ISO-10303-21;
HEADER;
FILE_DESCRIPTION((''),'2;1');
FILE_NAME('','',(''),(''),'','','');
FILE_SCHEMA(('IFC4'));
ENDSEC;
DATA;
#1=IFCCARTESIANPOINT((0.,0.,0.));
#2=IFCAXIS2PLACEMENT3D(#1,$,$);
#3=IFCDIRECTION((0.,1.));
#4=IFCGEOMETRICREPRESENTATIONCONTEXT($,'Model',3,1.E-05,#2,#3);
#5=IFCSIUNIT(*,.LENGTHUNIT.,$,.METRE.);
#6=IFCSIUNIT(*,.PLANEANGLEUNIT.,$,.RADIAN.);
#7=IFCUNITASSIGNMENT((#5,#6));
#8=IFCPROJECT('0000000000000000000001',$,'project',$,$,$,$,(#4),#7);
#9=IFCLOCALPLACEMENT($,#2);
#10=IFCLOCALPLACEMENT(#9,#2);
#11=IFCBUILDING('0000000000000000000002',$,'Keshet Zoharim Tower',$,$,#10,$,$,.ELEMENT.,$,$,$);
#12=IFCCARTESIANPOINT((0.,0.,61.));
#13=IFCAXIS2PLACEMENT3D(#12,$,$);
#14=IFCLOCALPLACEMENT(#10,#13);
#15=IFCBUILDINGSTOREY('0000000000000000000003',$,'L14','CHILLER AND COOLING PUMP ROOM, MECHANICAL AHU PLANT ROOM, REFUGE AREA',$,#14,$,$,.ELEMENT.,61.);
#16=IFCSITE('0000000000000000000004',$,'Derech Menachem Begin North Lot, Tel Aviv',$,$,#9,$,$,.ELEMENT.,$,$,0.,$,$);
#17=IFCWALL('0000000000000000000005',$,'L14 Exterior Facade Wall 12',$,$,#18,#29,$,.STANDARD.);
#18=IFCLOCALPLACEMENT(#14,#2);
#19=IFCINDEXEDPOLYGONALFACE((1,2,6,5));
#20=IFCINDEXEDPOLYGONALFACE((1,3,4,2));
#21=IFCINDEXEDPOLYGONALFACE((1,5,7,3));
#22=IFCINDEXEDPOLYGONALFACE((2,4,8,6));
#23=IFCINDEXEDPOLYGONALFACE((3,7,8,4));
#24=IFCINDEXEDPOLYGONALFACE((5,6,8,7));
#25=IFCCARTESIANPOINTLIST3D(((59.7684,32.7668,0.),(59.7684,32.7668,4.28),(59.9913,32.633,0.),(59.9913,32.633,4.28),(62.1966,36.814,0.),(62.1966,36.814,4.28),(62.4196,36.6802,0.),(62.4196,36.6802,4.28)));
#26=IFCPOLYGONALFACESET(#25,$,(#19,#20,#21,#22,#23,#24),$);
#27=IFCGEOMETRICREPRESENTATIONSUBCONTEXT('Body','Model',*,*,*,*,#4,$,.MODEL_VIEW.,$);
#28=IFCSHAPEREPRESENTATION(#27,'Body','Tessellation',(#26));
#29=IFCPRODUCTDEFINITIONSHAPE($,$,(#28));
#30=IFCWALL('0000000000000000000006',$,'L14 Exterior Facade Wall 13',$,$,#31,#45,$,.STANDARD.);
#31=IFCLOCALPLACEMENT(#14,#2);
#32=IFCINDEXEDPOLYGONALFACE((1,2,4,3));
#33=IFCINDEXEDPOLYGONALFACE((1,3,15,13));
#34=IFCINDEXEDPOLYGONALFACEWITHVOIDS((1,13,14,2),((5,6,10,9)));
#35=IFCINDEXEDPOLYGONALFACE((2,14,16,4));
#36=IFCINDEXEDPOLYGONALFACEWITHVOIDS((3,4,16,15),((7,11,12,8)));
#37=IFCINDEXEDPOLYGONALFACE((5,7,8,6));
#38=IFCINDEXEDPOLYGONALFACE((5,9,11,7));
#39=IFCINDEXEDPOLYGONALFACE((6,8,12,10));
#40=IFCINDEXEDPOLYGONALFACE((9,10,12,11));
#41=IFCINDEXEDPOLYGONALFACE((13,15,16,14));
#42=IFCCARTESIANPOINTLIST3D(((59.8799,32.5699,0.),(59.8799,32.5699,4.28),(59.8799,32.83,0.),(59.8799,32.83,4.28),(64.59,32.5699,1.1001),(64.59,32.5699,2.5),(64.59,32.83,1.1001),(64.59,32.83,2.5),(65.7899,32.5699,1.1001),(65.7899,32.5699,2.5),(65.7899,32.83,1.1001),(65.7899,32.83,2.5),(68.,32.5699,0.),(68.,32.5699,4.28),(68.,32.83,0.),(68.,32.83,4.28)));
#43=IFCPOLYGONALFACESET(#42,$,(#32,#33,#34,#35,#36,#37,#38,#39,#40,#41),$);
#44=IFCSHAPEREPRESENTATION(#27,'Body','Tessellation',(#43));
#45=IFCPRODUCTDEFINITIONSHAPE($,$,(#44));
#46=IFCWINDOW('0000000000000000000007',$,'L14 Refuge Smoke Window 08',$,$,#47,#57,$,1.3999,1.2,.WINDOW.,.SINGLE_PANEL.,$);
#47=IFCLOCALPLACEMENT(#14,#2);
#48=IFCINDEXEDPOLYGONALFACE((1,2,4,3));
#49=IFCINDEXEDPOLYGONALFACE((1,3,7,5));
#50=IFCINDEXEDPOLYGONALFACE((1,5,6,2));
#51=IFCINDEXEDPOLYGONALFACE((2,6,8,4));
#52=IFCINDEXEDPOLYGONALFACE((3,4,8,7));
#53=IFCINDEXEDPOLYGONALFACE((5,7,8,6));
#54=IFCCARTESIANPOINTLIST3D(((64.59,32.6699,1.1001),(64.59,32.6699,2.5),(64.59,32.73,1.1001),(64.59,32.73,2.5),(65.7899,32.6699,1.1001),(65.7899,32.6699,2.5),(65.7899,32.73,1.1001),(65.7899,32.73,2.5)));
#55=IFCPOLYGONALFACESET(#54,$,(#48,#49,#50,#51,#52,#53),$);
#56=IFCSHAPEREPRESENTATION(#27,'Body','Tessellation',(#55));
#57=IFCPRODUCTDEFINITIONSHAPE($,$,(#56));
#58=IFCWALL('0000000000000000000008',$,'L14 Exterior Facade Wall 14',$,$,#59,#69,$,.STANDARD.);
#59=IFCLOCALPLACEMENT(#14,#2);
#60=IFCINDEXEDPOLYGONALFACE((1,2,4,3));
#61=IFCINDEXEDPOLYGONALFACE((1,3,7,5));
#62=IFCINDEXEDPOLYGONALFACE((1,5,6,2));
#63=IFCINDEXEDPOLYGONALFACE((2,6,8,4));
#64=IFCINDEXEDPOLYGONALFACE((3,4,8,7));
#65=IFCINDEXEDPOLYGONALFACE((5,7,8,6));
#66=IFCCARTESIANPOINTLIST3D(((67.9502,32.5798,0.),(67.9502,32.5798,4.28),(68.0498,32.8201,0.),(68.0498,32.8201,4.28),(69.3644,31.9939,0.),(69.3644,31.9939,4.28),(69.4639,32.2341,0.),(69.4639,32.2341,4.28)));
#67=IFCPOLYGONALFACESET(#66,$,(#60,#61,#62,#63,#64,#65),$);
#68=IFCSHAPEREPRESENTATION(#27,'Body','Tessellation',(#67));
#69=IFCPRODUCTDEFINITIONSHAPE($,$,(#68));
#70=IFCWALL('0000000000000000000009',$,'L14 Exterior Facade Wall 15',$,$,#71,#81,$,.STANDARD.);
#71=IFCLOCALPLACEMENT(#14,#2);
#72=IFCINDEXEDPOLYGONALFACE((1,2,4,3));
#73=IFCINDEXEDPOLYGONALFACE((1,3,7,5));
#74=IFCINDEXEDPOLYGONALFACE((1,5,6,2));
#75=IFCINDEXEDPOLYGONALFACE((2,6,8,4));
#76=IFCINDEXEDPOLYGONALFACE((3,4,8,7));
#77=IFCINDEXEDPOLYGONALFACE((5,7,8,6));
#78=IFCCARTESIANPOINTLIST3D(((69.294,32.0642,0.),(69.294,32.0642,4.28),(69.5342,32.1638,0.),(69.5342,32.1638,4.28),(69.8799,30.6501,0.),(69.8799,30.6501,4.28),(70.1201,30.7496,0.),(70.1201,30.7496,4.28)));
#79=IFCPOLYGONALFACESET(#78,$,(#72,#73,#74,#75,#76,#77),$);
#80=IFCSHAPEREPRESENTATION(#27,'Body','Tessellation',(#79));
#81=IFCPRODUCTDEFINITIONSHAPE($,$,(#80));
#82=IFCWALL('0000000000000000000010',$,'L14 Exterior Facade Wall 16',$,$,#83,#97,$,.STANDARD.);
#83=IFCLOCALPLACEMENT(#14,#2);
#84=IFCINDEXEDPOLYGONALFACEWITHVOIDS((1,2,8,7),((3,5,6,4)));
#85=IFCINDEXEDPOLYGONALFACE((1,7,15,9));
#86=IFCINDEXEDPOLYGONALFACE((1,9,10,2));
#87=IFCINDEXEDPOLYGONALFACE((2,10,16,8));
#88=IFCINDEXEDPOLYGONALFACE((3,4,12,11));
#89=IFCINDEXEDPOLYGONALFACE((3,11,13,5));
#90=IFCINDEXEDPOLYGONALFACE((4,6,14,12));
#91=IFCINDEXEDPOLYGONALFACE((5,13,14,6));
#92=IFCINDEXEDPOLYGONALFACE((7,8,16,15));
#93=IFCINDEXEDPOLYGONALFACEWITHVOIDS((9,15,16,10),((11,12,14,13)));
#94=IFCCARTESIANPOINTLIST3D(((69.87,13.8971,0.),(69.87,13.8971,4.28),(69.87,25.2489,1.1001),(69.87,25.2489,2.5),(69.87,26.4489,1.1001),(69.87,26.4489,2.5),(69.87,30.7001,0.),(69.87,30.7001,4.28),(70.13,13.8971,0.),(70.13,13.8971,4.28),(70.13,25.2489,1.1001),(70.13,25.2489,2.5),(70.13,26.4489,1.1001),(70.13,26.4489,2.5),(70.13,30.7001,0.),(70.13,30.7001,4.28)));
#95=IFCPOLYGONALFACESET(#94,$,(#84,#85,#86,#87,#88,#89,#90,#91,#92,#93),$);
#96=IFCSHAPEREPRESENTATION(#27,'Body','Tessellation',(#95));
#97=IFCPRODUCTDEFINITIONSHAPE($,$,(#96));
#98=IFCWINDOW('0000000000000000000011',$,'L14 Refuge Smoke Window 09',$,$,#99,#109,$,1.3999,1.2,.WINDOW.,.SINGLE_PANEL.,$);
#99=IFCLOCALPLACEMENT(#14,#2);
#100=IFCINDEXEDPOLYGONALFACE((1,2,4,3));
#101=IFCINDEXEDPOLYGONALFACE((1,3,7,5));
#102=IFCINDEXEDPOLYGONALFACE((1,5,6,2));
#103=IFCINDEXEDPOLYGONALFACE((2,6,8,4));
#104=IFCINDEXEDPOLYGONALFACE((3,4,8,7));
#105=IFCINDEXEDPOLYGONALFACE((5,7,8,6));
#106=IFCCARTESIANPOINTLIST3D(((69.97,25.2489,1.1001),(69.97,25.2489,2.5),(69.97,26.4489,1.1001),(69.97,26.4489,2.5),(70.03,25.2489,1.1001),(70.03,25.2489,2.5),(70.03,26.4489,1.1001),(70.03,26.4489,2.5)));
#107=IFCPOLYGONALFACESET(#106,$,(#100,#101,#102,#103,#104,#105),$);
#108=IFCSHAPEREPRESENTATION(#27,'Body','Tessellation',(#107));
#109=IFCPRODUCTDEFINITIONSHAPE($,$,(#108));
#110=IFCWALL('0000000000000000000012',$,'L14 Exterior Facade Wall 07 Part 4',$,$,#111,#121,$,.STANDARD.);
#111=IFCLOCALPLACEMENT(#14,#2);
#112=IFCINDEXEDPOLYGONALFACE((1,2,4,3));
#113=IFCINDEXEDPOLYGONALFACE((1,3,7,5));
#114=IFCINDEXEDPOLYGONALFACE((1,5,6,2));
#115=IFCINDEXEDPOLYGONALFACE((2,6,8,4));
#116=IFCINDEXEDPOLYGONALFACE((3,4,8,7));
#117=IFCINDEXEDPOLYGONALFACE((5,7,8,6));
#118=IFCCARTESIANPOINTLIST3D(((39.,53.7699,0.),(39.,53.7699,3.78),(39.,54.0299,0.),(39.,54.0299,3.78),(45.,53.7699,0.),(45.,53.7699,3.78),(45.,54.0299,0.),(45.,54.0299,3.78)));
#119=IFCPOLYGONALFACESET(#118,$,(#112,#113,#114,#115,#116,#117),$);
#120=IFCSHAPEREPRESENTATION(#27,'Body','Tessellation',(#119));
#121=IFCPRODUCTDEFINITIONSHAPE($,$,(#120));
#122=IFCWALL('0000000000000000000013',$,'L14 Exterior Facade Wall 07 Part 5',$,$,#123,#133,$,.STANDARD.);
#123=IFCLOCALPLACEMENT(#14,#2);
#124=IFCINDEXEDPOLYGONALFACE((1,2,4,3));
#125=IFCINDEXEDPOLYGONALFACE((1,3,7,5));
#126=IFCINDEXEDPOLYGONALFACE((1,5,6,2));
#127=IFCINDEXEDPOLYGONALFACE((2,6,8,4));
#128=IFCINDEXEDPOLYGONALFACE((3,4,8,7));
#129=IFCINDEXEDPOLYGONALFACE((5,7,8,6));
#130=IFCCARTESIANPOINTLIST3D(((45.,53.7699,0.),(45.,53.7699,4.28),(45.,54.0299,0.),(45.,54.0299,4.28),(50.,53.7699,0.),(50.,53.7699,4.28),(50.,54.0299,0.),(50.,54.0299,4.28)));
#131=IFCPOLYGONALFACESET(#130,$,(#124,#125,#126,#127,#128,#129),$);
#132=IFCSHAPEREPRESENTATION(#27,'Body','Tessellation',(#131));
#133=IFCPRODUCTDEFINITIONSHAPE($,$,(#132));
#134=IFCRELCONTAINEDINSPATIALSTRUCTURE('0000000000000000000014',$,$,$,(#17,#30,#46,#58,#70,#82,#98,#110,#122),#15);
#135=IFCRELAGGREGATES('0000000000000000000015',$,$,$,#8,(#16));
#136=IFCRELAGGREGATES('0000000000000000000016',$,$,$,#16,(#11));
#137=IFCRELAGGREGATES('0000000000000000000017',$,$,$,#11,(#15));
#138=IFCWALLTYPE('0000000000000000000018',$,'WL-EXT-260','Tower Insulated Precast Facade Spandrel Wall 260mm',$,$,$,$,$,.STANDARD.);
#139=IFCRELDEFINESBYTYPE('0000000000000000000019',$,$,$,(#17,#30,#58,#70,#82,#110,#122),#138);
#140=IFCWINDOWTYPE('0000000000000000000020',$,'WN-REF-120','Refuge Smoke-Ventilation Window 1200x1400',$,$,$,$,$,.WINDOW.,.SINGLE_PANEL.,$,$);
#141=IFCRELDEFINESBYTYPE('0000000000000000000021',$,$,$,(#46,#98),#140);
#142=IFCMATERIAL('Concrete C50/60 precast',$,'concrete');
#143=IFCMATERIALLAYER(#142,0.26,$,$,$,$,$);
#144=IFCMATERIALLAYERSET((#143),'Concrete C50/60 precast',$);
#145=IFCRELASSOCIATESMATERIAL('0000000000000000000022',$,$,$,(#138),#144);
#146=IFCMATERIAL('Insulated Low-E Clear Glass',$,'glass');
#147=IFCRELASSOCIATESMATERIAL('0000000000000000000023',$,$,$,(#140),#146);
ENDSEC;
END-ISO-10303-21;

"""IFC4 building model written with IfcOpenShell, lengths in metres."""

from ifc_helpers import new_model, si_unit, direction, frame, frame_2d, origin, place, context, subcontext, project, spatial, rectangle, extrude, material, layer, layer_set, type_object, element, fill, save


model = new_model("IFC4")

# Units and contexts
model_context = context("Model", 3, precision=1e-05, world=origin(), true_north=direction((0.0, 1.0)))
body_context = subcontext(model_context, "Body", "Model", "MODEL_VIEW")
ifc_project = project(units=[si_unit("LENGTHUNIT", "METRE"), si_unit("PLANEANGLEUNIT", "RADIAN")], contexts=[model_context])

# Site, building, storey
site_placement = place(None, origin())
site = spatial("IfcSite", under=ifc_project, at=site_placement, Name="Derech Menachem Begin North Lot, Tel Aviv", CompositionType="ELEMENT", RefElevation=0.0)
building_placement = place(site_placement, origin())
building = spatial("IfcBuilding", under=site, at=building_placement, Name="Keshet Zoharim Tower", CompositionType="ELEMENT")
storey_placement = place(building_placement, frame((0.0, 0.0, 61.0)))
storey = spatial("IfcBuildingStorey", under=building, at=storey_placement, Name="L14", Description="CHILLER AND COOLING PUMP ROOM, MECHANICAL AHU PLANT ROOM, REFUGE AREA", CompositionType="ELEMENT", Elevation=61.0)

# Shared definitions
ifc_material_1 = material(Name="Concrete C50/60 precast", Category="concrete")
ifc_layer = layer(ifc_material_1, 0.26)
ifc_layer_set = layer_set([ifc_layer], Name="Concrete C50/60 precast")
wall_type = type_object("IfcWallType", Name="WL-EXT-260", Description="Tower Insulated Precast Facade Spandrel Wall 260mm", PredefinedType="STANDARD", material=ifc_layer_set)

# Shared definitions
ifc_material_2 = material(Name="Insulated Low-E Clear Glass", Category="glass")
window_type = type_object("IfcWindowType", Name="WN-REF-120", Description="Refuge Smoke-Ventilation Window 1200x1400", PartitioningType="SINGLE_PANEL", PredefinedType="WINDOW", material=ifc_material_2)

# Wall
wall_1_placement = place(storey_placement, frame((62.3081, 36.7471, 0.0), z_axis=(0.0, 0.0, 1.0), x_axis=(-0.514488, -0.857497, 0.0)))
element("IfcWall", 1, at=wall_1_placement, inside=storey, type_object=wall_type, Name="L14 Exterior Facade Wall 12", PredefinedType="STANDARD", context=body_context, shape_type="SweptSolid", body=[
    extrude(rectangle(XDim=4.7197, YDim=0.26, at=frame_2d((2.3599, 0.0))), origin(), (0.0, 0.0, 1.0), 4.28),
])

# Wall, opening, window
wall_2_placement = place(storey_placement, frame((59.8799, 32.7, 0.0), z_axis=(0.0, 0.0, 1.0), x_axis=(1.0, 0.0, 0.0)))
wall_2 = element("IfcWall", 2, at=wall_2_placement, inside=storey, type_object=wall_type, Name="L14 Exterior Facade Wall 13", PredefinedType="STANDARD", context=body_context, shape_type="SweptSolid", body=[
    extrude(rectangle(XDim=8.1201, YDim=0.26, at=frame_2d((4.0601, 0.0))), origin(), (0.0, 0.0, 1.0), 4.28),
])
opening_1_placement = place(wall_2_placement, frame((4.71, 0.0, 1.1001)))
opening_1 = element("IfcOpeningElement", 3, at=opening_1_placement, cuts=wall_2, PredefinedType="OPENING", context=body_context, shape_type="SweptSolid", body=[
    extrude(rectangle(XDim=1.2, YDim=1.3999, at=frame_2d((0.6001, 0.7))), frame((0.0, 0.1401, 0.0), z_axis=(0.0, -1.0, 0.0), x_axis=(1.0, 0.0, 0.0)), (0.0, 0.0, 1.0), 0.28),
])
window_1_placement = place(opening_1_placement, origin())
window_1 = element("IfcWindow", 4, at=window_1_placement, inside=storey, type_object=window_type, Name="L14 Refuge Smoke Window 08", OverallHeight=1.3999, OverallWidth=1.2, PartitioningType="SINGLE_PANEL", PredefinedType="WINDOW", context=body_context, shape_type="SweptSolid", body=[
    extrude(rectangle(XDim=1.2, YDim=1.3999, at=frame_2d((0.6001, 0.7))), frame((0.0, 0.03, 0.0), z_axis=(0.0, -1.0, 0.0), x_axis=(1.0, 0.0, 0.0)), (0.0, 0.0, 1.0), 0.0601),
])
fill(opening_1, window_1)

# Walls
for number, where, z_axis, x_axis, name in (
    (5, (68.0, 32.7, 0.0), (0.0, 0.0, 1.0), (0.92383, -0.382803, 0.0), "L14 Exterior Facade Wall 14"),
    (6, (69.4141, 32.114, 0.0), (0.0, 0.0, 1.0), (0.382803, -0.92383, 0.0), "L14 Exterior Facade Wall 15"),
):
    element("IfcWall", number, at=place(storey_placement, frame(where, z_axis=z_axis, x_axis=x_axis)), inside=storey, type_object=wall_type, Name=name, PredefinedType="STANDARD", context=body_context, shape_type="SweptSolid", body=[
        extrude(rectangle(XDim=1.5308, YDim=0.26, at=frame_2d((0.7654, 0.0))), origin(), (0.0, 0.0, 1.0), 4.28),
    ])

# Wall, opening, window
wall_3_placement = place(storey_placement, frame((70.0, 30.7, 0.0), z_axis=(0.0, 0.0, 1.0), x_axis=(0.0, -1.0, 0.0)))
wall_3 = element("IfcWall", 7, at=wall_3_placement, inside=storey, type_object=wall_type, Name="L14 Exterior Facade Wall 16", PredefinedType="STANDARD", context=body_context, shape_type="SweptSolid", body=[
    extrude(rectangle(XDim=16.803, YDim=0.26, at=frame_2d((8.4014, 0.0))), origin(), (0.0, 0.0, 1.0), 4.28),
])
opening_2_placement = place(wall_3_placement, frame((4.251, 0.0, 1.1001)))
opening_2 = element("IfcOpeningElement", 8, at=opening_2_placement, cuts=wall_3, PredefinedType="OPENING", context=body_context, shape_type="SweptSolid", body=[
    extrude(rectangle(XDim=1.2, YDim=1.3999, at=frame_2d((0.6001, 0.7))), frame((0.0, 0.1401, 0.0), z_axis=(0.0, -1.0, 0.0), x_axis=(1.0, 0.0, 0.0)), (0.0, 0.0, 1.0), 0.28),
])
window_2_placement = place(opening_2_placement, origin())
window_2 = element("IfcWindow", 9, at=window_2_placement, inside=storey, type_object=window_type, Name="L14 Refuge Smoke Window 09", OverallHeight=1.3999, OverallWidth=1.2, PartitioningType="SINGLE_PANEL", PredefinedType="WINDOW", context=body_context, shape_type="SweptSolid", body=[
    extrude(rectangle(XDim=1.2, YDim=1.3999, at=frame_2d((0.6001, 0.7))), frame((0.0, 0.03, 0.0), z_axis=(0.0, -1.0, 0.0), x_axis=(1.0, 0.0, 0.0)), (0.0, 0.0, 1.0), 0.0601),
])
fill(opening_2, window_2)

# Walls
wall_4_placement = place(storey_placement, frame((39.0, 53.8999, 0.0), z_axis=(0.0, 0.0, 1.0), x_axis=(1.0, 0.0, 0.0)))
element("IfcWall", 10, at=wall_4_placement, inside=storey, type_object=wall_type, Name="L14 Exterior Facade Wall 07 Part 4", PredefinedType="STANDARD", context=body_context, shape_type="SweptSolid", body=[
    extrude(rectangle(XDim=6.0, YDim=0.26, at=frame_2d((3.0, 0.0))), origin(), (0.0, 0.0, 1.0), 3.78),
])
wall_5_placement = place(storey_placement, frame((45.0, 53.8999, 0.0), z_axis=(0.0, 0.0, 1.0), x_axis=(1.0, 0.0, 0.0)))
element("IfcWall", 11, at=wall_5_placement, inside=storey, type_object=wall_type, Name="L14 Exterior Facade Wall 07 Part 5", PredefinedType="STANDARD", context=body_context, shape_type="SweptSolid", body=[
    extrude(rectangle(XDim=5.0, YDim=0.26, at=frame_2d((2.5, 0.0))), origin(), (0.0, 0.0, 1.0), 4.28),
])

save(model, "model.ifc")
